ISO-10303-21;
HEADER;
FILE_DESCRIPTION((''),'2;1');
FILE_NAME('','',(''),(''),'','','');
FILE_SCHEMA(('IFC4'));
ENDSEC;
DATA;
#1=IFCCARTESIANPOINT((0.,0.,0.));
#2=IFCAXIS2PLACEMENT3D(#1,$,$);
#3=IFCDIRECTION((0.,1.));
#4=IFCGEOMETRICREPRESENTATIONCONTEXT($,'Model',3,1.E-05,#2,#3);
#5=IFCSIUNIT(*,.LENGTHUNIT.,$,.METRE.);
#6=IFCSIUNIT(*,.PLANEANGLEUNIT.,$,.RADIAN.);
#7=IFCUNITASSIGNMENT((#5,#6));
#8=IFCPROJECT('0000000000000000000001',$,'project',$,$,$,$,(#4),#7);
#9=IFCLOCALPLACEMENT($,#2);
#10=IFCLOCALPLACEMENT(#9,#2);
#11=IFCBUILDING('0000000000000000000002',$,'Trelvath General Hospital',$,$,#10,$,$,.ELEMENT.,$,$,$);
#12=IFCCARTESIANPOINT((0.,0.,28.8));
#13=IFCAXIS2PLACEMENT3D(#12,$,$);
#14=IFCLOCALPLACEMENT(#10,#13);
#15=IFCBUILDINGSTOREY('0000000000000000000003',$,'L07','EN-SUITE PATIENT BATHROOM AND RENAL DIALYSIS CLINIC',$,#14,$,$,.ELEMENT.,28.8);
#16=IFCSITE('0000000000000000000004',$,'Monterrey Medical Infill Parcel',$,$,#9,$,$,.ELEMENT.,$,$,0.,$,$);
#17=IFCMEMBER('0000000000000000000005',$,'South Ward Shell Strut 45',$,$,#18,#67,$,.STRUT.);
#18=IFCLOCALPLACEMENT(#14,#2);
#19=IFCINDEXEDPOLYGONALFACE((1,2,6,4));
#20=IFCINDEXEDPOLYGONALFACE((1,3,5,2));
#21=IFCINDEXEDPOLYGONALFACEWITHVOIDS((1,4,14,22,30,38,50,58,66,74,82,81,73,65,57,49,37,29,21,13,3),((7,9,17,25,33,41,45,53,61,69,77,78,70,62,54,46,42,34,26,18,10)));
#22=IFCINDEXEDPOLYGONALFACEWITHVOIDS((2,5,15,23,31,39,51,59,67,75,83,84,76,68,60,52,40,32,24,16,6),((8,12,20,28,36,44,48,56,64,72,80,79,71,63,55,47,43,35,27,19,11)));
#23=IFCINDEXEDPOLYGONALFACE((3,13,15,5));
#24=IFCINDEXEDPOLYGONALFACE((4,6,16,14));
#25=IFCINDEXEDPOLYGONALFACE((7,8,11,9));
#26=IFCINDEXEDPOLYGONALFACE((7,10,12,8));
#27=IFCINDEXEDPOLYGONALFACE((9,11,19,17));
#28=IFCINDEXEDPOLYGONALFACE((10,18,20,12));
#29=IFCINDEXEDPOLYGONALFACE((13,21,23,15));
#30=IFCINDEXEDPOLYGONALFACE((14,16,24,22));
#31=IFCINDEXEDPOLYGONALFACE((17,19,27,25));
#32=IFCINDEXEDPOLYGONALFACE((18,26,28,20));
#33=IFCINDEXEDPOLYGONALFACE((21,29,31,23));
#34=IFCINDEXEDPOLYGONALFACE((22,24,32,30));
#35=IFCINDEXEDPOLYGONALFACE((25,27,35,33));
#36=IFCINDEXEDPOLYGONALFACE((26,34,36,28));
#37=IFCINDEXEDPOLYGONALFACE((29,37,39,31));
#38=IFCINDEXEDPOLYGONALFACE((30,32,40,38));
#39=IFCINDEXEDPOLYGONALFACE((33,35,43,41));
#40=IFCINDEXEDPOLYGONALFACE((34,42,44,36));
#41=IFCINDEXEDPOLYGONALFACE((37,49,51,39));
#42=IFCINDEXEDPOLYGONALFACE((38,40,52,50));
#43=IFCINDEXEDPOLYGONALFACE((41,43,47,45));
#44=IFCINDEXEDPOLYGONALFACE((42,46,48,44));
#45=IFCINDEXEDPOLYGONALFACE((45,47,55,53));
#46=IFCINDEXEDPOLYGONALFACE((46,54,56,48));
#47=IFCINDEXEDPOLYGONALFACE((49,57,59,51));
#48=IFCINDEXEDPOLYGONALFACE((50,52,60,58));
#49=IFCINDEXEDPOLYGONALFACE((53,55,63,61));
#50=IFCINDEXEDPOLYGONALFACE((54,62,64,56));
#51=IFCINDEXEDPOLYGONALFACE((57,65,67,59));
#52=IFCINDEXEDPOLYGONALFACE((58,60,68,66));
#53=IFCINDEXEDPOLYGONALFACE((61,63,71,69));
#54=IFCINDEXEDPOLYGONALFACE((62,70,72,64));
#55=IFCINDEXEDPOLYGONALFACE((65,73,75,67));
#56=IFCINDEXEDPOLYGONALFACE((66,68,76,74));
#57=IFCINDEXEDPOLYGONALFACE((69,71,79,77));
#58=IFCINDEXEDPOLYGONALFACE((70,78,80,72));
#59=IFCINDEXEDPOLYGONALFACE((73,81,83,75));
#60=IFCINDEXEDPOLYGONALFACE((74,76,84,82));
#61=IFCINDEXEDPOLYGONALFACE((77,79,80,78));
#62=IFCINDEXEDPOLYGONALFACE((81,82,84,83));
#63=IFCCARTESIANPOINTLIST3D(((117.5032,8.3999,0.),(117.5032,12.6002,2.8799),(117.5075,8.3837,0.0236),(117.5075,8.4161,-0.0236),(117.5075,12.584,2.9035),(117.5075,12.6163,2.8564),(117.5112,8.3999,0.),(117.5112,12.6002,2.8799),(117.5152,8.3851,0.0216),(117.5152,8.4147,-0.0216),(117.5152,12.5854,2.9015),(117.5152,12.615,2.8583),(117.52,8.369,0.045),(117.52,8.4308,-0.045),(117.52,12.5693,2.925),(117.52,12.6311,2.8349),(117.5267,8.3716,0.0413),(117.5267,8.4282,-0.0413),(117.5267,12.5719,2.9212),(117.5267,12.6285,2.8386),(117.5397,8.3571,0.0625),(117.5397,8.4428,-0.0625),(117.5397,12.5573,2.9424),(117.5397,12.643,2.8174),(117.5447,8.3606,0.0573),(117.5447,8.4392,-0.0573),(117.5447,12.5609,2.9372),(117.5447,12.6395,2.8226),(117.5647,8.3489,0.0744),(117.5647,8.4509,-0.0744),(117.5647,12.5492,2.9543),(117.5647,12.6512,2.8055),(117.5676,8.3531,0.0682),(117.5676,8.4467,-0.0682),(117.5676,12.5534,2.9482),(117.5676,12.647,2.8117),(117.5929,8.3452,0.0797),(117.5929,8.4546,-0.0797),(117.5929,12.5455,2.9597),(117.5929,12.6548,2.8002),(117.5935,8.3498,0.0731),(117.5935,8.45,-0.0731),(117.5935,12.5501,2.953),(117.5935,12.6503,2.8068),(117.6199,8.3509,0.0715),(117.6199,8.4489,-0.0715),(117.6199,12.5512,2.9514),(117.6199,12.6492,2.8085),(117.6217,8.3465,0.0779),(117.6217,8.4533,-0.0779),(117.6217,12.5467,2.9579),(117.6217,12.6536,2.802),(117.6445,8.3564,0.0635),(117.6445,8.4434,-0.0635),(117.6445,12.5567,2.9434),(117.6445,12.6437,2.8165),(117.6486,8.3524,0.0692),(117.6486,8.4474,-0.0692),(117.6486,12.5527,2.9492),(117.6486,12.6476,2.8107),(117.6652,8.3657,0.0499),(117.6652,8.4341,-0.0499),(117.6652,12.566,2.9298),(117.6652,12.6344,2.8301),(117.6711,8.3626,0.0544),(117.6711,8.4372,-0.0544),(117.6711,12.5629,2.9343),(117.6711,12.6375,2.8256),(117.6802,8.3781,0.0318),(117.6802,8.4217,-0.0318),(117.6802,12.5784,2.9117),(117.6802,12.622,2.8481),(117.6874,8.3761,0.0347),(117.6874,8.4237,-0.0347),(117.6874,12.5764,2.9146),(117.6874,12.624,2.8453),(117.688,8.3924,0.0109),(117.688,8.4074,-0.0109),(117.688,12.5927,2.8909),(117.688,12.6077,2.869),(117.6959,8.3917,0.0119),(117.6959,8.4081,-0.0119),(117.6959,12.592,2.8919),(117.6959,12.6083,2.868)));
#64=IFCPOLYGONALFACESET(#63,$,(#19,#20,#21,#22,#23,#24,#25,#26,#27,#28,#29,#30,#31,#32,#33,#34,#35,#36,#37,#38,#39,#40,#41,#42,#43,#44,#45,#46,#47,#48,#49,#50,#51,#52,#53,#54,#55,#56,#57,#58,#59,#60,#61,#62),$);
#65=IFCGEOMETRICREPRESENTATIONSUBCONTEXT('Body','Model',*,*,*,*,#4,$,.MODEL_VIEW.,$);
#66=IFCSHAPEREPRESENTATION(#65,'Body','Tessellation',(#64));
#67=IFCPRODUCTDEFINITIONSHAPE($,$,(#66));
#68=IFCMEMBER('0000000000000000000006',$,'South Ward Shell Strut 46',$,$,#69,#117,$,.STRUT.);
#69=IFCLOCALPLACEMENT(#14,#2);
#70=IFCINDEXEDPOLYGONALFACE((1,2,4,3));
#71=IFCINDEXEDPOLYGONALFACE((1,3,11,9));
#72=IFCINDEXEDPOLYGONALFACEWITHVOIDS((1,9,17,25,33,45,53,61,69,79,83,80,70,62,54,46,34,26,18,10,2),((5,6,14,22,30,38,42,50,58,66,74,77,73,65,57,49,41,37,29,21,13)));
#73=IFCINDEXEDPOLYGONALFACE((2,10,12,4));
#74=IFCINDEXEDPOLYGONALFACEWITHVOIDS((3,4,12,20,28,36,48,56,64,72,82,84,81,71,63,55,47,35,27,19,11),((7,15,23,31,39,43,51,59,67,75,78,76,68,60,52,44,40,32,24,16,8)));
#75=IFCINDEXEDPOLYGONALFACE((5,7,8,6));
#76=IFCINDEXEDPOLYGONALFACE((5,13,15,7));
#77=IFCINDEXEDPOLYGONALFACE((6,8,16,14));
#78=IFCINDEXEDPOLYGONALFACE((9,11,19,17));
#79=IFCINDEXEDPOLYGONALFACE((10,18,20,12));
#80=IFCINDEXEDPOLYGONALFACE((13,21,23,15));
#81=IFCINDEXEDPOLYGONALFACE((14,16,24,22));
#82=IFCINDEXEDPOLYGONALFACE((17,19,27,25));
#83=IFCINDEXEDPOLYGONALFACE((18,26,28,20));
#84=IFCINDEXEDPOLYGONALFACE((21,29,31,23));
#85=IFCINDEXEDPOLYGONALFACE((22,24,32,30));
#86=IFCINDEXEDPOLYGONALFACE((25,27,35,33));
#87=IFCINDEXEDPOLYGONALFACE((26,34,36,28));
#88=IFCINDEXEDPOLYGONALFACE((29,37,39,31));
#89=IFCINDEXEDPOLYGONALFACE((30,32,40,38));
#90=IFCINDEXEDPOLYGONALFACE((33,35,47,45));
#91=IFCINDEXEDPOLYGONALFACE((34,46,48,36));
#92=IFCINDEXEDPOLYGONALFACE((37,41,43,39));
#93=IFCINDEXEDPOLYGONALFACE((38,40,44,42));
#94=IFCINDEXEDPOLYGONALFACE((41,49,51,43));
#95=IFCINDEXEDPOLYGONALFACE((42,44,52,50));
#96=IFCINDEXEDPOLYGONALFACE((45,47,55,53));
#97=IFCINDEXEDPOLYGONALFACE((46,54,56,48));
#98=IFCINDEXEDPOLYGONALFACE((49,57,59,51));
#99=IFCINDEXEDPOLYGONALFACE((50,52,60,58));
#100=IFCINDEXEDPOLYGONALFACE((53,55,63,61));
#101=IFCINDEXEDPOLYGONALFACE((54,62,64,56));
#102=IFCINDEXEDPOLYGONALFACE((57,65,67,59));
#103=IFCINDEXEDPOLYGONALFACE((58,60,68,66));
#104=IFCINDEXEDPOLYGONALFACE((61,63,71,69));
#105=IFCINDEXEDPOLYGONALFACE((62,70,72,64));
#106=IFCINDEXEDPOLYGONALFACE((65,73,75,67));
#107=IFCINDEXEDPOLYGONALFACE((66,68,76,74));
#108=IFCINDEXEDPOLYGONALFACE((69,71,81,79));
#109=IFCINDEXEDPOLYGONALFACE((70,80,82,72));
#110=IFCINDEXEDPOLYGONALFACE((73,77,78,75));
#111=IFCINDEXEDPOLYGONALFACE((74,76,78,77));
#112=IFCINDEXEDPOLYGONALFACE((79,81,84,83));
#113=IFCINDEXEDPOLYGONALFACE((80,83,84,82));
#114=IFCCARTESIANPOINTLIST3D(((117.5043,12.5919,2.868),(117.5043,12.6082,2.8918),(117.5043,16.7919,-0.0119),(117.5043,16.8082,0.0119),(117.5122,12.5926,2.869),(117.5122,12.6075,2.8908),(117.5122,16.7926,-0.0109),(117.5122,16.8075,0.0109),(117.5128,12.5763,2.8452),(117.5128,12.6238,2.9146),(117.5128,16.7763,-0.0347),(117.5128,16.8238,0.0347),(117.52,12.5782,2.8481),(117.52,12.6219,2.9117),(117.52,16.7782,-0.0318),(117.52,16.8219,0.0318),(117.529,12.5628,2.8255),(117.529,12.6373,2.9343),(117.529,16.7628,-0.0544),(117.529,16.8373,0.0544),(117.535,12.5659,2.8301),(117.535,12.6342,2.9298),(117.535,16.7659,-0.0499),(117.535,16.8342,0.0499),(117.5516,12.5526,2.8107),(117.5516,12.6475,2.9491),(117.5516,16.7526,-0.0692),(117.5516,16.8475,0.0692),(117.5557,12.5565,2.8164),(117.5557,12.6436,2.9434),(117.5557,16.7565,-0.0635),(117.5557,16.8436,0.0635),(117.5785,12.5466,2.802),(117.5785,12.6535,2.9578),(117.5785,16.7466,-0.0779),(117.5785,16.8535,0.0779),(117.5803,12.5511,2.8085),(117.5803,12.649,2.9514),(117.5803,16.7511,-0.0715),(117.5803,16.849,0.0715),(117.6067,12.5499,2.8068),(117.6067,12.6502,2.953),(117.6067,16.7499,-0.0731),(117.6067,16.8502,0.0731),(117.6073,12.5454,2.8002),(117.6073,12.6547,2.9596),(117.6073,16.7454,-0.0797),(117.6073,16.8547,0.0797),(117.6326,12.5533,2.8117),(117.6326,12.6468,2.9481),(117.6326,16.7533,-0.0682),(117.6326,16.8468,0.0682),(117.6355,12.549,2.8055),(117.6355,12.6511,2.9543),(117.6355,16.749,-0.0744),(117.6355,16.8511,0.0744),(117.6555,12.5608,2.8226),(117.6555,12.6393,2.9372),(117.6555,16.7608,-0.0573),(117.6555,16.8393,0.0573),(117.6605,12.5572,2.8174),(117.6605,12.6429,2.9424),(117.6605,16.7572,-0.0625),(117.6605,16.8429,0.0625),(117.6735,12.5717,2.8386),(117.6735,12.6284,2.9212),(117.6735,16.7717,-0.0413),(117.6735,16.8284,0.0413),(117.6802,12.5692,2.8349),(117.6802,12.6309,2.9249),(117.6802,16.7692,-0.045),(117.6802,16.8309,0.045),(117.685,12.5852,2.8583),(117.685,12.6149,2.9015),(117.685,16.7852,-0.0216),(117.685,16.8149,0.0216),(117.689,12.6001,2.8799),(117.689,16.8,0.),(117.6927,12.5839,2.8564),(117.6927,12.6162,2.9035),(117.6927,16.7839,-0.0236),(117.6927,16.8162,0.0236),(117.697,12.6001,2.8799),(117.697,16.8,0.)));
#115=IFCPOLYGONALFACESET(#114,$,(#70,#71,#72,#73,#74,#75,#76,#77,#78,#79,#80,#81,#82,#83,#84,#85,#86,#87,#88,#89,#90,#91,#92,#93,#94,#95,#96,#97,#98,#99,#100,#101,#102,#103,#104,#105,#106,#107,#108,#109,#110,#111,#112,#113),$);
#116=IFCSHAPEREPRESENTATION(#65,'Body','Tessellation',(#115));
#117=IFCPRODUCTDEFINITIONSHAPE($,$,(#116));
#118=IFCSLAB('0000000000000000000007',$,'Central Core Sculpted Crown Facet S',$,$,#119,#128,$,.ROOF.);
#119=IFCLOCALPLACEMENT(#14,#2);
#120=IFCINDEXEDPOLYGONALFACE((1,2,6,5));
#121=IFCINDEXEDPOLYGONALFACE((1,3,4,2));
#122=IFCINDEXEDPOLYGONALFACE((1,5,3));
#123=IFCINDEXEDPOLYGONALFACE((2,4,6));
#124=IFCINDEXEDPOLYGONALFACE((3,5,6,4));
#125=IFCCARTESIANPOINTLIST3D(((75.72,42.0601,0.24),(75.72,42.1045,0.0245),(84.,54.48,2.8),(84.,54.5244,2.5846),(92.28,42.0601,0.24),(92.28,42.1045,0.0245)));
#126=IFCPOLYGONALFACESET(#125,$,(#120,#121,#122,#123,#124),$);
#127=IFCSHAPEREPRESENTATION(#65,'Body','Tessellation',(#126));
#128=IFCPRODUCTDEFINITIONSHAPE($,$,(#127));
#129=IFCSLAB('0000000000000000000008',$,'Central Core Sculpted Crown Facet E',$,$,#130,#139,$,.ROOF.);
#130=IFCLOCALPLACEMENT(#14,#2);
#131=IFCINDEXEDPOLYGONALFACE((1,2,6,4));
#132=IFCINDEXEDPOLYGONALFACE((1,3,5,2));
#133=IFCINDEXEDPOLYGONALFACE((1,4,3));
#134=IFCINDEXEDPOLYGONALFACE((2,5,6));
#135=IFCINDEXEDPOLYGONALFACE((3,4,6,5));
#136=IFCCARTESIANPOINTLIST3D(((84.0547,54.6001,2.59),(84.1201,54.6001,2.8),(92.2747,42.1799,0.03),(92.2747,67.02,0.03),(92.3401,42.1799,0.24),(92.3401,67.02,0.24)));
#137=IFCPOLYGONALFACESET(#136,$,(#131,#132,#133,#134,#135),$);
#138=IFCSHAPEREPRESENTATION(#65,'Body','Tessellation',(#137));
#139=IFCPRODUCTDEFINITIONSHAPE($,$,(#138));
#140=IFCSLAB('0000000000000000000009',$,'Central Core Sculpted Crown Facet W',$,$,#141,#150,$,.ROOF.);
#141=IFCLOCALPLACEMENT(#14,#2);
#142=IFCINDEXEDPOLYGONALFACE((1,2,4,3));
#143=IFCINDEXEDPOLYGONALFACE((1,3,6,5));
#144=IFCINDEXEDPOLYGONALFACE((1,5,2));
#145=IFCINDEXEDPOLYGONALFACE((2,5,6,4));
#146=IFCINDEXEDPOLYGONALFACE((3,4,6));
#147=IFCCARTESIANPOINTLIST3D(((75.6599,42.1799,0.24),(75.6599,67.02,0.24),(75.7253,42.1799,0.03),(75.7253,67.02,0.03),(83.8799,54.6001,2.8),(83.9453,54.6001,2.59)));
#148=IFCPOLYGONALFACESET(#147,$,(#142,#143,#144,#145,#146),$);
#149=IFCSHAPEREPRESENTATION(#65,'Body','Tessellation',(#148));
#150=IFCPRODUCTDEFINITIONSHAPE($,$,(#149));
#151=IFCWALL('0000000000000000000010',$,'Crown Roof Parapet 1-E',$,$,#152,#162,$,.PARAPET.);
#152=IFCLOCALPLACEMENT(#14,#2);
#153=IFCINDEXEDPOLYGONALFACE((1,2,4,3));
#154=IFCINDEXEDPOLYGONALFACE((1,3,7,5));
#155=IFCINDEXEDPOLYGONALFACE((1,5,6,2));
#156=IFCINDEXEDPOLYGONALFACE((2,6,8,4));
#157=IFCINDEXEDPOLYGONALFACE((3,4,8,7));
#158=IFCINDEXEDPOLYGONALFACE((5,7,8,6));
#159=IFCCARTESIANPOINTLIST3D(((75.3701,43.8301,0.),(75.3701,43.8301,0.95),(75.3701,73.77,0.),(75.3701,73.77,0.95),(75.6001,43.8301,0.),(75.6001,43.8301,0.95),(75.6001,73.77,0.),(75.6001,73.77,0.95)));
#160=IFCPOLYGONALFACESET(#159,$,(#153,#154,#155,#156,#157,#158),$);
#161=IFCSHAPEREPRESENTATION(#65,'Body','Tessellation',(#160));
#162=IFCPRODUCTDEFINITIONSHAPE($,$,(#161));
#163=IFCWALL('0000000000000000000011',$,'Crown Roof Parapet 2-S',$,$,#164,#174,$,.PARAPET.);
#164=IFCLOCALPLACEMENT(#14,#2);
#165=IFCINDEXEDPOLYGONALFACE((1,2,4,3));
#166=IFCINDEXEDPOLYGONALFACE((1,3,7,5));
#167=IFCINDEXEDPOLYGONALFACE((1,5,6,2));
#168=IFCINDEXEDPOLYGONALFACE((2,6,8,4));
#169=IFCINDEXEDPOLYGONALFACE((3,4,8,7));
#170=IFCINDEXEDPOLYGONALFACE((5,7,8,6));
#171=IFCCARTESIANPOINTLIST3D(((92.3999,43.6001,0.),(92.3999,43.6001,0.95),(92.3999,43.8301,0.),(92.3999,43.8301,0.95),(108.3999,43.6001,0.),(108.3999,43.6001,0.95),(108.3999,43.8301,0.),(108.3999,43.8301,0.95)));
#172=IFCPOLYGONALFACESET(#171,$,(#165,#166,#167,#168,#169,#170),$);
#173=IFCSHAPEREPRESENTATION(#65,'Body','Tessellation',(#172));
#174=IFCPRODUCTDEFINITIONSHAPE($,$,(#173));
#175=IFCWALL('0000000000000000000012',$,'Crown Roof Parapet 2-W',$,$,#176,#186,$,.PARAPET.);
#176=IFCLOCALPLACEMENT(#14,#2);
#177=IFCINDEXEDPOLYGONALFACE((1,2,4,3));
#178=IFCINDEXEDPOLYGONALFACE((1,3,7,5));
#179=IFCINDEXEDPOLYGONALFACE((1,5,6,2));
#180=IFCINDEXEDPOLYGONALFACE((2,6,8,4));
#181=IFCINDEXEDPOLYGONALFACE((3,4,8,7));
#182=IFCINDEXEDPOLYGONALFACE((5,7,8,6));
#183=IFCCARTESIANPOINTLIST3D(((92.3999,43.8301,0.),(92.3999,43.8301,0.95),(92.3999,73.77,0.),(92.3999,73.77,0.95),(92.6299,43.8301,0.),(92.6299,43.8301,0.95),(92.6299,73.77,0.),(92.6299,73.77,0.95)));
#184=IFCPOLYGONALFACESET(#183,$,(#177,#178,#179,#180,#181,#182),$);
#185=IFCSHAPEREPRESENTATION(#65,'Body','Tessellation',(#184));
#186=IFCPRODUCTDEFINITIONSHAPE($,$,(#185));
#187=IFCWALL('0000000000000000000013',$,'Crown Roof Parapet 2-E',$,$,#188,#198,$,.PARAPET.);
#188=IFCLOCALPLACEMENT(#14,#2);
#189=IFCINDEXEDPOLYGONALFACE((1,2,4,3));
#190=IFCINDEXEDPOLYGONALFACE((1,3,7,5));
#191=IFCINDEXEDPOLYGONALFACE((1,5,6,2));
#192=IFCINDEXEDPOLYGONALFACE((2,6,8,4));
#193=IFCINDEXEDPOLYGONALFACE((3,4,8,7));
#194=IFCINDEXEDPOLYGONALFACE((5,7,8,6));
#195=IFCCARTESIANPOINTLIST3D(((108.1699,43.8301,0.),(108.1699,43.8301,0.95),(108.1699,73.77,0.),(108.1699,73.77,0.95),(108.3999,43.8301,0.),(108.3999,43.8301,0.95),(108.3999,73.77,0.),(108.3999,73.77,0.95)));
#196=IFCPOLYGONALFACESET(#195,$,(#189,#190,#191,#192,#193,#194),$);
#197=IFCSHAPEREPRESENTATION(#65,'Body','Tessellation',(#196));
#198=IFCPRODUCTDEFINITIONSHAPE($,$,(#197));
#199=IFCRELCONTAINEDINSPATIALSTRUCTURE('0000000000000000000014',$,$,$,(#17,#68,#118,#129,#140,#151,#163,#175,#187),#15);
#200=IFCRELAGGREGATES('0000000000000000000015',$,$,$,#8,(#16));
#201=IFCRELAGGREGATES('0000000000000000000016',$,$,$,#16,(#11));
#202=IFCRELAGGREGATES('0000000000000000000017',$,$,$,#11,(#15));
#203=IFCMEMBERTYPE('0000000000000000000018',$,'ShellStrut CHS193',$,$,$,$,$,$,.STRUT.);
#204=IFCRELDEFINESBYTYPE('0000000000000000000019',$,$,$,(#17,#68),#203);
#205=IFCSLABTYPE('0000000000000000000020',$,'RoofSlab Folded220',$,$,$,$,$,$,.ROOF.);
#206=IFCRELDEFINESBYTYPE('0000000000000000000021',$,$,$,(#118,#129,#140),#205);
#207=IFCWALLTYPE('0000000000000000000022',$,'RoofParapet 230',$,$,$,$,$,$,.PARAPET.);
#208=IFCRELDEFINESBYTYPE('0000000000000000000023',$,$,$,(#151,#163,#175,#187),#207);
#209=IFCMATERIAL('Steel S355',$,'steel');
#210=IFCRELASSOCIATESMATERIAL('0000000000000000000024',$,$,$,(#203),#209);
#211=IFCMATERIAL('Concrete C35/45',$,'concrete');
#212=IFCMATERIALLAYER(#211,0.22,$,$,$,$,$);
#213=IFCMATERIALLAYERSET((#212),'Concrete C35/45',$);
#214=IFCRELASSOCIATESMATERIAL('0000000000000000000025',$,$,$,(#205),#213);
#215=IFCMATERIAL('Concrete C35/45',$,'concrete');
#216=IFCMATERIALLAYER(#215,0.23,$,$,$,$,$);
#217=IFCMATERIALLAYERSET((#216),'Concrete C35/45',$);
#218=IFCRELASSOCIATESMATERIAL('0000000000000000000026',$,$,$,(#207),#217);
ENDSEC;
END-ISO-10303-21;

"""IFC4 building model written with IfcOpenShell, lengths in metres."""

from ifc_helpers import new_model, si_unit, direction, frame, frame_2d, origin, origin_2d, place, context, subcontext, project, spatial, polyline, rectangle, hollow_circle, outline, extrude, material, layer, layer_set, material_profile, profile_set, type_object, element, save


model = new_model("IFC4")

# Units and contexts
model_context = context("Model", 3, precision=1e-05, world=origin(), true_north=direction((0.0, 1.0)))
body_context = subcontext(model_context, "Body", "Model", "MODEL_VIEW")
ifc_project = project(units=[si_unit("LENGTHUNIT", "METRE"), si_unit("PLANEANGLEUNIT", "RADIAN")], contexts=[model_context])

# Site, building, storey
site_placement = place(None, origin())
site = spatial("IfcSite", under=ifc_project, at=site_placement, Name="Monterrey Medical Infill Parcel", CompositionType="ELEMENT", RefElevation=0.0)
building_placement = place(site_placement, origin())
building = spatial("IfcBuilding", under=site, at=building_placement, Name="Trelvath General Hospital", CompositionType="ELEMENT")
storey_placement = place(building_placement, frame((0.0, 0.0, 28.8)))
storey = spatial("IfcBuildingStorey", under=building, at=storey_placement, Name="L07", Description="EN-SUITE PATIENT BATHROOM AND RENAL DIALYSIS CLINIC", CompositionType="ELEMENT", Elevation=28.8)

# Members
ifc_material_1 = material(Name="Steel S355", Category="steel")
ifc_material_profile = material_profile(ifc_material_1, hollow_circle(Radius=0.0969, WallThickness=0.0081, at=origin_2d()), Name="CHS193.7x8.0")
ifc_profile_set = profile_set([ifc_material_profile], Name="Steel S355")
member_type = type_object("IfcMemberType", Name="ShellStrut CHS193", PredefinedType="STRUT", material=ifc_profile_set)
member_1_placement = place(storey_placement, frame((117.6001, 8.3999, 0.0), z_axis=(0.0, 0.824752, 0.565495), x_axis=(-1.0, 0.0, 0.0)))
element("IfcMember", 1, at=member_1_placement, inside=storey, type_object=member_type, Name="South Ward Shell Strut 45", PredefinedType="STRUT", context=body_context, shape_type="SweptSolid", body=[
    extrude(hollow_circle(Radius=0.0969, WallThickness=0.0081, at=origin_2d()), origin(), (0.0, 0.0, 1.0), 5.0928),
])
member_2_placement = place(storey_placement, frame((117.6001, 16.8, 0.0), z_axis=(0.0, -0.824737, 0.565517), x_axis=(1.0, 0.0, 0.0)))
element("IfcMember", 2, at=member_2_placement, inside=storey, type_object=member_type, Name="South Ward Shell Strut 46", PredefinedType="STRUT", context=body_context, shape_type="SweptSolid", body=[
    extrude(hollow_circle(Radius=0.0969, WallThickness=0.0081, at=origin_2d()), origin(), (0.0, 0.0, 1.0), 5.0925),
])

# Slabs
ifc_material_2 = material(Name="Concrete C35/45", Category="concrete")
ifc_layer_1 = layer(ifc_material_2, 0.22)
ifc_layer_set_1 = layer_set([ifc_layer_1], Name="Concrete C35/45")
slab_type = type_object("IfcSlabType", Name="RoofSlab Folded220", PredefinedType="ROOF", material=ifc_layer_set_1)
slab_1_placement = place(storey_placement, frame((75.72, 42.0601, 0.24), z_axis=(0.0, -0.201881, 0.97941), x_axis=(1.0, 0.0, 0.0)))
element("IfcSlab", 3, at=slab_1_placement, inside=storey, type_object=slab_type, Name="Central Core Sculpted Crown Facet S", PredefinedType="ROOF", context=body_context, shape_type="SweptSolid", body=[
    extrude(outline(polyline([(0.0, 0.0), (16.5601, 0.0), (8.28, 12.681), (0.0, 0.0)])), origin(), (0.0, 0.0, -1.0), 0.22),
])
slab_2_placement = place(storey_placement, frame((92.3401, 42.1799, 0.24), z_axis=(0.297356, 0.0, 0.954767), x_axis=(0.0, 1.0, 0.0)))
element("IfcSlab", 4, at=slab_2_placement, inside=storey, type_object=slab_type, Name="Central Core Sculpted Crown Facet E", PredefinedType="ROOF", context=body_context, shape_type="SweptSolid", body=[
    extrude(outline(polyline([(0.0, 0.0), (24.8401, 0.0), (12.4202, 8.6094), (0.0, 0.0)])), origin(), (0.0, 0.0, -1.0), 0.22),
])
slab_3_placement = place(storey_placement, frame((75.6599, 67.02, 0.24), z_axis=(-0.297356, 0.0, 0.954767), x_axis=(0.0, -1.0, 0.0)))
element("IfcSlab", 5, at=slab_3_placement, inside=storey, type_object=slab_type, Name="Central Core Sculpted Crown Facet W", PredefinedType="ROOF", context=body_context, shape_type="SweptSolid", body=[
    extrude(outline(polyline([(0.0, 0.0), (24.8401, 0.0), (12.4199, 8.6094), (0.0, 0.0)])), origin(), (0.0, 0.0, -1.0), 0.22),
])

# Walls
ifc_material_3 = material(Name="Concrete C35/45", Category="concrete")
ifc_layer_2 = layer(ifc_material_3, 0.23)
ifc_layer_set_2 = layer_set([ifc_layer_2], Name="Concrete C35/45")
wall_type = type_object("IfcWallType", Name="RoofParapet 230", PredefinedType="PARAPET", material=ifc_layer_set_2)
wall_1_placement = place(storey_placement, frame((75.4851, 43.8301, 0.0), z_axis=(0.0, 0.0, 1.0), x_axis=(0.0, 1.0, 0.0)))
element("IfcWall", 6, at=wall_1_placement, inside=storey, type_object=wall_type, Name="Crown Roof Parapet 1-E", PredefinedType="PARAPET", context=body_context, shape_type="SweptSolid", body=[
    extrude(rectangle(XDim=29.9399, YDim=0.23, at=frame_2d((14.97, 0.0))), origin(), (0.0, 0.0, 1.0), 0.95),
])
wall_2_placement = place(storey_placement, frame((92.3999, 43.7151, 0.0), z_axis=(0.0, 0.0, 1.0), x_axis=(1.0, 0.0, 0.0)))
element("IfcWall", 7, at=wall_2_placement, inside=storey, type_object=wall_type, Name="Crown Roof Parapet 2-S", PredefinedType="PARAPET", context=body_context, shape_type="SweptSolid", body=[
    extrude(rectangle(XDim=16.0, YDim=0.23, at=frame_2d((8.0, 0.0))), origin(), (0.0, 0.0, 1.0), 0.95),
])
for number, where, z_axis, x_axis, name in (
    (8, (92.5149, 43.8301, 0.0), (0.0, 0.0, 1.0), (0.0, 1.0, 0.0), "Crown Roof Parapet 2-W"),
    (9, (108.2849, 43.8301, 0.0), (0.0, 0.0, 1.0), (0.0, 1.0, 0.0), "Crown Roof Parapet 2-E"),
):
    element("IfcWall", number, at=place(storey_placement, frame(where, z_axis=z_axis, x_axis=x_axis)), inside=storey, type_object=wall_type, Name=name, PredefinedType="PARAPET", context=body_context, shape_type="SweptSolid", body=[
        extrude(rectangle(XDim=29.9399, YDim=0.23, at=frame_2d((14.97, 0.0))), origin(), (0.0, 0.0, 1.0), 0.95),
    ])

save(model, "model.ifc")
